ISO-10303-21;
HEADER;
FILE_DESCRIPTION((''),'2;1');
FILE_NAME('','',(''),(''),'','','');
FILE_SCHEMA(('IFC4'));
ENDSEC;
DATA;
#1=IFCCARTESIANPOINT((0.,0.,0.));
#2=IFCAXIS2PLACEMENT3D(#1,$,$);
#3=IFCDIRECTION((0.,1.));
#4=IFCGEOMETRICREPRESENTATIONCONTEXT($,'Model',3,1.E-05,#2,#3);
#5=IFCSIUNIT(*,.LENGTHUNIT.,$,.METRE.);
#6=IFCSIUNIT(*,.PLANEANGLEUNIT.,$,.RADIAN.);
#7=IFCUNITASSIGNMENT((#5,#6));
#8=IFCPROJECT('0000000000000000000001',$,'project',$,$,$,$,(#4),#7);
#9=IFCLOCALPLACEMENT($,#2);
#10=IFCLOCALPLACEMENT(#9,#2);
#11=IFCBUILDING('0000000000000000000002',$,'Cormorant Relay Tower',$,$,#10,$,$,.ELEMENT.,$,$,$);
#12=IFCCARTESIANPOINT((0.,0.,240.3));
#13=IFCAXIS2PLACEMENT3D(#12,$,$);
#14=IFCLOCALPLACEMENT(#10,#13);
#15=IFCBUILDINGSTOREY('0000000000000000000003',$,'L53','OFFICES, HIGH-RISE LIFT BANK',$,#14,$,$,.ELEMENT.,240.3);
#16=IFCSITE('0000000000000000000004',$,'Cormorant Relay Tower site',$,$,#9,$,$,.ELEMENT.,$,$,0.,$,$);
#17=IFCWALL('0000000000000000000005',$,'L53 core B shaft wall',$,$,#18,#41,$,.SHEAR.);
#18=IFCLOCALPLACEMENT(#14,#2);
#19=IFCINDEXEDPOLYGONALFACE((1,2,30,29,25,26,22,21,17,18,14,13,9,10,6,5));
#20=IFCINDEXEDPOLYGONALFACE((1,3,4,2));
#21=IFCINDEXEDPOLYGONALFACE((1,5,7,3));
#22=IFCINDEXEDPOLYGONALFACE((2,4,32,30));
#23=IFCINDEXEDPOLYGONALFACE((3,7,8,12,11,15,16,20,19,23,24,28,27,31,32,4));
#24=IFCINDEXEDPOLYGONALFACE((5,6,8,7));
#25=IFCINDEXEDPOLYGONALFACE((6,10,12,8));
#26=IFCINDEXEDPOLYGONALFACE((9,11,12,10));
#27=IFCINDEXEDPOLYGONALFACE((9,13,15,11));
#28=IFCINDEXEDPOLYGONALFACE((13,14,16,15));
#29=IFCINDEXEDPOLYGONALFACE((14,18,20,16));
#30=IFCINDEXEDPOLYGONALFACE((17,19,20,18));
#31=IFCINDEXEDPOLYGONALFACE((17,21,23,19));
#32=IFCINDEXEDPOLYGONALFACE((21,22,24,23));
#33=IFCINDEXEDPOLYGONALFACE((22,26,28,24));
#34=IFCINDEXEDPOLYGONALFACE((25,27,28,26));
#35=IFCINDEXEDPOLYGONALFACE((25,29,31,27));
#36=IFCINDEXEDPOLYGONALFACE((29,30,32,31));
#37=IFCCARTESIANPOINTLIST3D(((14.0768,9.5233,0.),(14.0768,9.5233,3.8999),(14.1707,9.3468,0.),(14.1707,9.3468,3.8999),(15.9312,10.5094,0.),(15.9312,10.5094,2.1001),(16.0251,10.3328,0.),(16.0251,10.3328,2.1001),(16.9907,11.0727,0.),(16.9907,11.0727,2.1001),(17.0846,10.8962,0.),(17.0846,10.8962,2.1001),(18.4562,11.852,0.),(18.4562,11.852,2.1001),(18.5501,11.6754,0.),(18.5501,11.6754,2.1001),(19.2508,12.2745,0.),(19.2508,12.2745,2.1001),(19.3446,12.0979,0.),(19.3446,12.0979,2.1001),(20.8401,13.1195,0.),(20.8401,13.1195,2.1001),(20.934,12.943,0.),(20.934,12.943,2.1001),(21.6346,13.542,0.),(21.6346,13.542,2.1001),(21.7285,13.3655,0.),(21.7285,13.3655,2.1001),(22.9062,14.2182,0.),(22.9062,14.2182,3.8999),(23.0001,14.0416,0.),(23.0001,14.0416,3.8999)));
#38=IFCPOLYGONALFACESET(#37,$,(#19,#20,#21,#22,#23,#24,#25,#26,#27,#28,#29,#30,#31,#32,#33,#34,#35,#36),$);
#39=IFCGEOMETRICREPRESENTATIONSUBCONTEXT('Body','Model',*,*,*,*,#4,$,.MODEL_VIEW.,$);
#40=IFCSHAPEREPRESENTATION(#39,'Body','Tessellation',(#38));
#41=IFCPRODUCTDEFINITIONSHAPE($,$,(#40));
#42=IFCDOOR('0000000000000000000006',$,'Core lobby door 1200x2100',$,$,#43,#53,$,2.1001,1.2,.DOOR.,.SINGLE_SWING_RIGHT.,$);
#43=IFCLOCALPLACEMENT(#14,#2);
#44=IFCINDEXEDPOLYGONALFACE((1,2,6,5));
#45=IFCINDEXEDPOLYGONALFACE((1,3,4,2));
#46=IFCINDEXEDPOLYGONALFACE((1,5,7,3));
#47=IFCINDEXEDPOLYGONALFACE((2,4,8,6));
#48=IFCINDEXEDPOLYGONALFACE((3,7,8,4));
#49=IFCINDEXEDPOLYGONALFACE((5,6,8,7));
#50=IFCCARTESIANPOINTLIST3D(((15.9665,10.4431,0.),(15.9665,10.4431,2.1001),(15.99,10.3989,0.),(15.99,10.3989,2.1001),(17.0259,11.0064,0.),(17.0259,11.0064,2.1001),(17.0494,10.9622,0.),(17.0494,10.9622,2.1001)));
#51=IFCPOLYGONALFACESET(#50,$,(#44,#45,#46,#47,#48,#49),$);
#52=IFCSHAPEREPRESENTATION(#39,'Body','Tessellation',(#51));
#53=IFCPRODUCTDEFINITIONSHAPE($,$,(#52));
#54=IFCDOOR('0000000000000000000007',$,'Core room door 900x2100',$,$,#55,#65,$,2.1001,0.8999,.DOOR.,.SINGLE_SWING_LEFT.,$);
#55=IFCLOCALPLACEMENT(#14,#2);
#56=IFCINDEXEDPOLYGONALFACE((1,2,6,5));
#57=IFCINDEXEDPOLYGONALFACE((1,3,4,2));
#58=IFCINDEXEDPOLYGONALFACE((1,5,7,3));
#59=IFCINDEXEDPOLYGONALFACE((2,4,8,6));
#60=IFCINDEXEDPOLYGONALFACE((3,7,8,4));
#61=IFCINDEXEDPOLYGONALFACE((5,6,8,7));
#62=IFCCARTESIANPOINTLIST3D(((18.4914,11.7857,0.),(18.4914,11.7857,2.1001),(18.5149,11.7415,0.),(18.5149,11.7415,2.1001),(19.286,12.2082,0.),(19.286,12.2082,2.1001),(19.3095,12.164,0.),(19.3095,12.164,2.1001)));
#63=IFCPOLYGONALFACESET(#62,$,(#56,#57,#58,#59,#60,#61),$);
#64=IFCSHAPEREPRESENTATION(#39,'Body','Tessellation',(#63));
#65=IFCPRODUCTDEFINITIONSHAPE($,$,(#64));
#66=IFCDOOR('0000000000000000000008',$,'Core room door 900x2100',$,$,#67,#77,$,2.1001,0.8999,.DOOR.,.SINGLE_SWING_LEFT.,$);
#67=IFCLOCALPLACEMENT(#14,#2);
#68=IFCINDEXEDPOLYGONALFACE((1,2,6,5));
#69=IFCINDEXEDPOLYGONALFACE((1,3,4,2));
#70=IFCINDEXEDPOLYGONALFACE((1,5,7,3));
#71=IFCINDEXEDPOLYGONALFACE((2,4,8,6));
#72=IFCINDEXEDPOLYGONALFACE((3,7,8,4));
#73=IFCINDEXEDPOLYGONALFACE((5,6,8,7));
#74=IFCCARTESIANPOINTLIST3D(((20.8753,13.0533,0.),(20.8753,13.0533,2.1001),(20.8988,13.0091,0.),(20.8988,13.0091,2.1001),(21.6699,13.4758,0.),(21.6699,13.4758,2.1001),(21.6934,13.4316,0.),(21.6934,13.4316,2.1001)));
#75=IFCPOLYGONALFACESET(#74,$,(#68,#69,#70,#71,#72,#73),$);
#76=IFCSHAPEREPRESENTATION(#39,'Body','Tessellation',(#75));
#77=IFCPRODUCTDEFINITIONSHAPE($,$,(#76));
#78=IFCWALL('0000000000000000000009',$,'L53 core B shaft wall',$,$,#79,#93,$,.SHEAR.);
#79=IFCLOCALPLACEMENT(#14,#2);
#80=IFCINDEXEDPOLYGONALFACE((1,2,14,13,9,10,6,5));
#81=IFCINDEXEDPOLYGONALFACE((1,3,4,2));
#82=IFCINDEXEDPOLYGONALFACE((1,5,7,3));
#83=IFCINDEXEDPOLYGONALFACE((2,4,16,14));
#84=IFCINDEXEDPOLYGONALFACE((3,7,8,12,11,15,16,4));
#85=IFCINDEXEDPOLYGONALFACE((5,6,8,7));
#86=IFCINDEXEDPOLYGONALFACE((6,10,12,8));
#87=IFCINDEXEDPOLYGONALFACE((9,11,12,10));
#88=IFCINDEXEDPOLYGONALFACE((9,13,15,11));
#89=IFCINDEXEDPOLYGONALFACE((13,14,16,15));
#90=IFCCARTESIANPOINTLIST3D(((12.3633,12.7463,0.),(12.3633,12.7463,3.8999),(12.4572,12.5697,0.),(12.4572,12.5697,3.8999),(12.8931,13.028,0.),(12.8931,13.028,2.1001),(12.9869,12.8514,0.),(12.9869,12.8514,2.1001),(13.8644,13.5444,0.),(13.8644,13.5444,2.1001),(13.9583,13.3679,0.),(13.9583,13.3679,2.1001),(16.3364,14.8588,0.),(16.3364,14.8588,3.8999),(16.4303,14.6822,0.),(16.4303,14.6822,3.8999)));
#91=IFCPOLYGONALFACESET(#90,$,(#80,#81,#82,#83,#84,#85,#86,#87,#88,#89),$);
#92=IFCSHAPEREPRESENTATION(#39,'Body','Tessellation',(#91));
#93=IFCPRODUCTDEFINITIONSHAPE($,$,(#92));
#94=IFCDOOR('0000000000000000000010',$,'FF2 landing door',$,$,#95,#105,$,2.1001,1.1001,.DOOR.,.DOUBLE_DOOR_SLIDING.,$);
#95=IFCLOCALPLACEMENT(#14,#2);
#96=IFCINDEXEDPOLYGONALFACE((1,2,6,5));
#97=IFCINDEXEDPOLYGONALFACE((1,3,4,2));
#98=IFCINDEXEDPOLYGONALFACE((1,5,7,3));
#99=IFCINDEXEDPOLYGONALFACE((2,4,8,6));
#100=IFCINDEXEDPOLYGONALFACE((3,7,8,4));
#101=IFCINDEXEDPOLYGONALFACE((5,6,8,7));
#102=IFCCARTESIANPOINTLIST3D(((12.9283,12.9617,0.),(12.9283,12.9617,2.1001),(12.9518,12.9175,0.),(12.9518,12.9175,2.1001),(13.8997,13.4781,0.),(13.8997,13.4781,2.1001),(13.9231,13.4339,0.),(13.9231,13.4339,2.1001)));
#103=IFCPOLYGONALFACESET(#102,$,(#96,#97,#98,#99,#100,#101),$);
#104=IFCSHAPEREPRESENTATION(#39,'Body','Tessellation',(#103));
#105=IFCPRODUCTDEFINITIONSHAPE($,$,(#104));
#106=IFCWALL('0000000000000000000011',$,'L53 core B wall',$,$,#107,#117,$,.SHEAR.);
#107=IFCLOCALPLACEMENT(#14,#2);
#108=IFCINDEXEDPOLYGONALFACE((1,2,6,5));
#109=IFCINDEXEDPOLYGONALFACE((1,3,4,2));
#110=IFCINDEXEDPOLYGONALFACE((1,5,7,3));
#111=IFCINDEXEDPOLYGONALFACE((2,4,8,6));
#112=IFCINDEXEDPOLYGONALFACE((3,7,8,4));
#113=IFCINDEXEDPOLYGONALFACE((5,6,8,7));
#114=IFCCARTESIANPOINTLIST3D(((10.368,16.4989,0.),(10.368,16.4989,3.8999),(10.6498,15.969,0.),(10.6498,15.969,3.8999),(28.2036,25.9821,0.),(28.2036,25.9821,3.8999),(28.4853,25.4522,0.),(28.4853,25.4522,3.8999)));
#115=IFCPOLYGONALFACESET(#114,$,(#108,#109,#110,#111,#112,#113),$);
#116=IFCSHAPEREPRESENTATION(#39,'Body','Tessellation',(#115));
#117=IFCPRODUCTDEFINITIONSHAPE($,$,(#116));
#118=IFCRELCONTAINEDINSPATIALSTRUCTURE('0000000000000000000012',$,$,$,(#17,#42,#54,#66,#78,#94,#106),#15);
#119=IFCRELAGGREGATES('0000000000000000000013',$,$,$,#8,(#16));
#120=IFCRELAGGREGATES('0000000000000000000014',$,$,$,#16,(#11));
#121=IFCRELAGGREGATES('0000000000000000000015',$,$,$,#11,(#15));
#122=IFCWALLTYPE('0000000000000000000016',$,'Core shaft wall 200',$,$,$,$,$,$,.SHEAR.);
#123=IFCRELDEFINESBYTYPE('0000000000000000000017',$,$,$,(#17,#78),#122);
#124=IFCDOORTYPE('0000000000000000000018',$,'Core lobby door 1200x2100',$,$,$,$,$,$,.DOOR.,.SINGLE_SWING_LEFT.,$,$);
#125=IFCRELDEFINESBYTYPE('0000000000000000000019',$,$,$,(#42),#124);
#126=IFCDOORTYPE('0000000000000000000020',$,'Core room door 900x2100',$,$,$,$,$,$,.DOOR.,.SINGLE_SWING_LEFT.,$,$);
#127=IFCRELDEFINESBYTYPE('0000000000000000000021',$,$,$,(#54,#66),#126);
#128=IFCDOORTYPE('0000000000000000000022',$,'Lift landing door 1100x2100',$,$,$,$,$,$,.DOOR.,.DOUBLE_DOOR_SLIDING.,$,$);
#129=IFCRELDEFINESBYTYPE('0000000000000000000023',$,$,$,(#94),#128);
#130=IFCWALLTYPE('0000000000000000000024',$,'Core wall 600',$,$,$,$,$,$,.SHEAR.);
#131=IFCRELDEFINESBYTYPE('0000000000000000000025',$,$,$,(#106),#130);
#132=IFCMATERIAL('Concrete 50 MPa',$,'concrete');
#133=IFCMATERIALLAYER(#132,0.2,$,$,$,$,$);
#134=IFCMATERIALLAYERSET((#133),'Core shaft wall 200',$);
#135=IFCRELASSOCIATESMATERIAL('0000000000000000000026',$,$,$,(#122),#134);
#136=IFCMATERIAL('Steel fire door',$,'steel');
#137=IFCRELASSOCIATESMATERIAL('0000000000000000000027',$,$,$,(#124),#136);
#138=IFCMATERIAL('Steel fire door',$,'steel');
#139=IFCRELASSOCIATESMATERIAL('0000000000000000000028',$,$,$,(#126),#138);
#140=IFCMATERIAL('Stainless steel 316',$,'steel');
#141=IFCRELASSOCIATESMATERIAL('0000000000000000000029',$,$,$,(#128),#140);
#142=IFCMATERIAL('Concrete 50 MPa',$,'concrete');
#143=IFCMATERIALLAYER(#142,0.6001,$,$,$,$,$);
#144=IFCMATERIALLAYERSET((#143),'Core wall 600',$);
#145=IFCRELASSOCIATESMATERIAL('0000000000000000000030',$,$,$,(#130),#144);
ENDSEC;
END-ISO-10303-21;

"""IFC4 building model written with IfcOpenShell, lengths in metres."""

from ifc_helpers import new_model, si_unit, direction, frame, frame_2d, origin, place, context, subcontext, project, spatial, rectangle, extrude, material, layer, layer_set, type_object, element, fill, save


model = new_model("IFC4")

# Units and contexts
model_context = context("Model", 3, precision=1e-05, world=origin(), true_north=direction((0.0, 1.0)))
body_context = subcontext(model_context, "Body", "Model", "MODEL_VIEW")
ifc_project = project(units=[si_unit("LENGTHUNIT", "METRE"), si_unit("PLANEANGLEUNIT", "RADIAN")], contexts=[model_context])

# Site, building, storey
site_placement = place(None, origin())
site = spatial("IfcSite", under=ifc_project, at=site_placement, Name="Cormorant Relay Tower site", CompositionType="ELEMENT", RefElevation=0.0)
building_placement = place(site_placement, origin())
building = spatial("IfcBuilding", under=site, at=building_placement, Name="Cormorant Relay Tower", CompositionType="ELEMENT")
storey_placement = place(building_placement, frame((0.0, 0.0, 240.3)))
storey = spatial("IfcBuildingStorey", under=building, at=storey_placement, Name="L53", Description="OFFICES, HIGH-RISE LIFT BANK", CompositionType="ELEMENT", Elevation=240.3)

# Shared definitions
ifc_material_1 = material(Name="Concrete 50 MPa", Category="concrete")
ifc_layer_1 = layer(ifc_material_1, 0.2)
ifc_layer_set_1 = layer_set([ifc_layer_1], Name="Core shaft wall 200")
wall_type_1 = type_object("IfcWallType", Name="Core shaft wall 200", PredefinedType="SHEAR", material=ifc_layer_set_1)

# Wall, openings, doors
wall_1_placement = place(storey_placement, frame((14.1238, 9.4351, 0.0), z_axis=(0.0, 0.0, 1.0), x_axis=(0.88294, 0.469485, 0.0)))
wall_1 = element("IfcWall", 1, at=wall_1_placement, inside=storey, type_object=wall_type_1, Name="L53 core B shaft wall", PredefinedType="SHEAR", context=body_context, shape_type="SweptSolid", body=[
    extrude(rectangle(XDim=10.0, YDim=0.2, at=frame_2d((5.0, 0.0))), origin(), (0.0, 0.0, 1.0), 3.8999),
])
opening_1_placement = place(wall_1_placement, frame((2.1001, 0.0, 0.0)))
opening_1 = element("IfcOpeningElement", 2, at=opening_1_placement, cuts=wall_1, PredefinedType="OPENING", context=body_context, shape_type="SweptSolid", body=[
    extrude(rectangle(XDim=1.2, YDim=2.1001, at=frame_2d((0.6001, 1.05))), frame((0.0, 0.1099, 0.0), z_axis=(0.0, -1.0, 0.0), x_axis=(1.0, 0.0, 0.0)), (0.0, 0.0, 1.0), 0.22),
])
opening_2_placement = place(wall_1_placement, frame((4.96, 0.0, 0.0)))
opening_2 = element("IfcOpeningElement", 3, at=opening_2_placement, cuts=wall_1, PredefinedType="OPENING", context=body_context, shape_type="SweptSolid", body=[
    extrude(rectangle(XDim=0.8999, YDim=2.1001, at=frame_2d((0.45, 1.05))), frame((0.0, 0.1099, 0.0), z_axis=(0.0, -1.0, 0.0), x_axis=(1.0, 0.0, 0.0)), (0.0, 0.0, 1.0), 0.22),
])
opening_3_placement = place(wall_1_placement, frame((7.6599, 0.0, 0.0)))
opening_3 = element("IfcOpeningElement", 4, at=opening_3_placement, cuts=wall_1, PredefinedType="OPENING", context=body_context, shape_type="SweptSolid", body=[
    extrude(rectangle(XDim=0.8999, YDim=2.1001, at=frame_2d((0.45, 1.05))), frame((0.0, 0.1099, 0.0), z_axis=(0.0, -1.0, 0.0), x_axis=(1.0, 0.0, 0.0)), (0.0, 0.0, 1.0), 0.22),
])
ifc_material_2 = material(Name="Steel fire door", Category="steel")
door_type_1 = type_object("IfcDoorType", Name="Core lobby door 1200x2100", OperationType="SINGLE_SWING_LEFT", PredefinedType="DOOR", material=ifc_material_2)
door_1_placement = place(opening_1_placement, origin())
door_1 = element("IfcDoor", 5, at=door_1_placement, inside=storey, type_object=door_type_1, Name="Core lobby door 1200x2100", OperationType="SINGLE_SWING_RIGHT", OverallHeight=2.1001, OverallWidth=1.2, PredefinedType="DOOR", context=body_context, shape_type="SweptSolid", body=[
    extrude(rectangle(XDim=1.2, YDim=2.1001, at=frame_2d((0.6001, 1.05))), frame((0.0, 0.0249, 0.0), z_axis=(0.0, -1.0, 0.0), x_axis=(1.0, 0.0, 0.0)), (0.0, 0.0, 1.0), 0.05),
])
fill(opening_1, door_1)
ifc_material_3 = material(Name="Steel fire door", Category="steel")
door_type_2 = type_object("IfcDoorType", Name="Core room door 900x2100", OperationType="SINGLE_SWING_LEFT", PredefinedType="DOOR", material=ifc_material_3)
door_2_placement = place(opening_2_placement, origin())
door_2 = element("IfcDoor", 6, at=door_2_placement, inside=storey, type_object=door_type_2, Name="Core room door 900x2100", OperationType="SINGLE_SWING_LEFT", OverallHeight=2.1001, OverallWidth=0.8999, PredefinedType="DOOR", context=body_context, shape_type="SweptSolid", body=[
    extrude(rectangle(XDim=0.8999, YDim=2.1001, at=frame_2d((0.45, 1.05))), frame((0.0, 0.0249, 0.0), z_axis=(0.0, -1.0, 0.0), x_axis=(1.0, 0.0, 0.0)), (0.0, 0.0, 1.0), 0.05),
])
fill(opening_2, door_2)
door_3_placement = place(opening_3_placement, origin())
door_3 = element("IfcDoor", 7, at=door_3_placement, inside=storey, type_object=door_type_2, Name="Core room door 900x2100", OperationType="SINGLE_SWING_LEFT", OverallHeight=2.1001, OverallWidth=0.8999, PredefinedType="DOOR", context=body_context, shape_type="SweptSolid", body=[
    extrude(rectangle(XDim=0.8999, YDim=2.1001, at=frame_2d((0.45, 1.05))), frame((0.0, 0.0249, 0.0), z_axis=(0.0, -1.0, 0.0), x_axis=(1.0, 0.0, 0.0)), (0.0, 0.0, 1.0), 0.05),
])
fill(opening_3, door_3)

# Wall, opening, door
wall_2_placement = place(storey_placement, frame((12.4102, 12.658, 0.0), z_axis=(0.0, 0.0, 1.0), x_axis=(0.882948, 0.46947, 0.0)))
wall_2 = element("IfcWall", 8, at=wall_2_placement, inside=storey, type_object=wall_type_1, Name="L53 core B shaft wall", PredefinedType="SHEAR", context=body_context, shape_type="SweptSolid", body=[
    extrude(rectangle(XDim=4.4998, YDim=0.2, at=frame_2d((2.25, 0.0))), origin(), (0.0, 0.0, 1.0), 3.8999),
])
opening_4_placement = place(wall_2_placement, frame((0.6001, 0.0, 0.0)))
opening_4 = element("IfcOpeningElement", 9, at=opening_4_placement, cuts=wall_2, PredefinedType="OPENING", context=body_context, shape_type="SweptSolid", body=[
    extrude(rectangle(XDim=1.1001, YDim=2.1001, at=frame_2d((0.55, 1.05))), frame((0.0, 0.1099, 0.0), z_axis=(0.0, -1.0, 0.0), x_axis=(1.0, 0.0, 0.0)), (0.0, 0.0, 1.0), 0.22),
])
ifc_material_4 = material(Name="Stainless steel 316", Category="steel")
door_type_3 = type_object("IfcDoorType", Name="Lift landing door 1100x2100", OperationType="DOUBLE_DOOR_SLIDING", PredefinedType="DOOR", material=ifc_material_4)
door_4_placement = place(opening_4_placement, origin())
door_4 = element("IfcDoor", 10, at=door_4_placement, inside=storey, type_object=door_type_3, Name="FF2 landing door", OperationType="DOUBLE_DOOR_SLIDING", OverallHeight=2.1001, OverallWidth=1.1001, PredefinedType="DOOR", context=body_context, shape_type="SweptSolid", body=[
    extrude(rectangle(XDim=1.1001, YDim=2.1001, at=frame_2d((0.55, 1.05))), frame((0.0, 0.0249, 0.0), z_axis=(0.0, -1.0, 0.0), x_axis=(1.0, 0.0, 0.0)), (0.0, 0.0, 1.0), 0.05),
])
fill(opening_4, door_4)

# Wall
ifc_material_5 = material(Name="Concrete 50 MPa", Category="concrete")
ifc_layer_2 = layer(ifc_material_5, 0.6001)
ifc_layer_set_2 = layer_set([ifc_layer_2], Name="Core wall 600")
wall_type_2 = type_object("IfcWallType", Name="Core wall 600", PredefinedType="SHEAR", material=ifc_layer_set_2)
wall_3_placement = place(storey_placement, frame((10.5088, 16.2339, 0.0), z_axis=(0.0, 0.0, 1.0), x_axis=(0.88295, 0.469467, 0.0)))
element("IfcWall", 11, at=wall_3_placement, inside=storey, type_object=wall_type_2, Name="L53 core B wall", PredefinedType="SHEAR", context=body_context, shape_type="SweptSolid", body=[
    extrude(rectangle(XDim=20.2, YDim=0.6001, at=frame_2d((10.1001, 0.0))), origin(), (0.0, 0.0, 1.0), 3.8999),
])

save(model, "model.ifc")
